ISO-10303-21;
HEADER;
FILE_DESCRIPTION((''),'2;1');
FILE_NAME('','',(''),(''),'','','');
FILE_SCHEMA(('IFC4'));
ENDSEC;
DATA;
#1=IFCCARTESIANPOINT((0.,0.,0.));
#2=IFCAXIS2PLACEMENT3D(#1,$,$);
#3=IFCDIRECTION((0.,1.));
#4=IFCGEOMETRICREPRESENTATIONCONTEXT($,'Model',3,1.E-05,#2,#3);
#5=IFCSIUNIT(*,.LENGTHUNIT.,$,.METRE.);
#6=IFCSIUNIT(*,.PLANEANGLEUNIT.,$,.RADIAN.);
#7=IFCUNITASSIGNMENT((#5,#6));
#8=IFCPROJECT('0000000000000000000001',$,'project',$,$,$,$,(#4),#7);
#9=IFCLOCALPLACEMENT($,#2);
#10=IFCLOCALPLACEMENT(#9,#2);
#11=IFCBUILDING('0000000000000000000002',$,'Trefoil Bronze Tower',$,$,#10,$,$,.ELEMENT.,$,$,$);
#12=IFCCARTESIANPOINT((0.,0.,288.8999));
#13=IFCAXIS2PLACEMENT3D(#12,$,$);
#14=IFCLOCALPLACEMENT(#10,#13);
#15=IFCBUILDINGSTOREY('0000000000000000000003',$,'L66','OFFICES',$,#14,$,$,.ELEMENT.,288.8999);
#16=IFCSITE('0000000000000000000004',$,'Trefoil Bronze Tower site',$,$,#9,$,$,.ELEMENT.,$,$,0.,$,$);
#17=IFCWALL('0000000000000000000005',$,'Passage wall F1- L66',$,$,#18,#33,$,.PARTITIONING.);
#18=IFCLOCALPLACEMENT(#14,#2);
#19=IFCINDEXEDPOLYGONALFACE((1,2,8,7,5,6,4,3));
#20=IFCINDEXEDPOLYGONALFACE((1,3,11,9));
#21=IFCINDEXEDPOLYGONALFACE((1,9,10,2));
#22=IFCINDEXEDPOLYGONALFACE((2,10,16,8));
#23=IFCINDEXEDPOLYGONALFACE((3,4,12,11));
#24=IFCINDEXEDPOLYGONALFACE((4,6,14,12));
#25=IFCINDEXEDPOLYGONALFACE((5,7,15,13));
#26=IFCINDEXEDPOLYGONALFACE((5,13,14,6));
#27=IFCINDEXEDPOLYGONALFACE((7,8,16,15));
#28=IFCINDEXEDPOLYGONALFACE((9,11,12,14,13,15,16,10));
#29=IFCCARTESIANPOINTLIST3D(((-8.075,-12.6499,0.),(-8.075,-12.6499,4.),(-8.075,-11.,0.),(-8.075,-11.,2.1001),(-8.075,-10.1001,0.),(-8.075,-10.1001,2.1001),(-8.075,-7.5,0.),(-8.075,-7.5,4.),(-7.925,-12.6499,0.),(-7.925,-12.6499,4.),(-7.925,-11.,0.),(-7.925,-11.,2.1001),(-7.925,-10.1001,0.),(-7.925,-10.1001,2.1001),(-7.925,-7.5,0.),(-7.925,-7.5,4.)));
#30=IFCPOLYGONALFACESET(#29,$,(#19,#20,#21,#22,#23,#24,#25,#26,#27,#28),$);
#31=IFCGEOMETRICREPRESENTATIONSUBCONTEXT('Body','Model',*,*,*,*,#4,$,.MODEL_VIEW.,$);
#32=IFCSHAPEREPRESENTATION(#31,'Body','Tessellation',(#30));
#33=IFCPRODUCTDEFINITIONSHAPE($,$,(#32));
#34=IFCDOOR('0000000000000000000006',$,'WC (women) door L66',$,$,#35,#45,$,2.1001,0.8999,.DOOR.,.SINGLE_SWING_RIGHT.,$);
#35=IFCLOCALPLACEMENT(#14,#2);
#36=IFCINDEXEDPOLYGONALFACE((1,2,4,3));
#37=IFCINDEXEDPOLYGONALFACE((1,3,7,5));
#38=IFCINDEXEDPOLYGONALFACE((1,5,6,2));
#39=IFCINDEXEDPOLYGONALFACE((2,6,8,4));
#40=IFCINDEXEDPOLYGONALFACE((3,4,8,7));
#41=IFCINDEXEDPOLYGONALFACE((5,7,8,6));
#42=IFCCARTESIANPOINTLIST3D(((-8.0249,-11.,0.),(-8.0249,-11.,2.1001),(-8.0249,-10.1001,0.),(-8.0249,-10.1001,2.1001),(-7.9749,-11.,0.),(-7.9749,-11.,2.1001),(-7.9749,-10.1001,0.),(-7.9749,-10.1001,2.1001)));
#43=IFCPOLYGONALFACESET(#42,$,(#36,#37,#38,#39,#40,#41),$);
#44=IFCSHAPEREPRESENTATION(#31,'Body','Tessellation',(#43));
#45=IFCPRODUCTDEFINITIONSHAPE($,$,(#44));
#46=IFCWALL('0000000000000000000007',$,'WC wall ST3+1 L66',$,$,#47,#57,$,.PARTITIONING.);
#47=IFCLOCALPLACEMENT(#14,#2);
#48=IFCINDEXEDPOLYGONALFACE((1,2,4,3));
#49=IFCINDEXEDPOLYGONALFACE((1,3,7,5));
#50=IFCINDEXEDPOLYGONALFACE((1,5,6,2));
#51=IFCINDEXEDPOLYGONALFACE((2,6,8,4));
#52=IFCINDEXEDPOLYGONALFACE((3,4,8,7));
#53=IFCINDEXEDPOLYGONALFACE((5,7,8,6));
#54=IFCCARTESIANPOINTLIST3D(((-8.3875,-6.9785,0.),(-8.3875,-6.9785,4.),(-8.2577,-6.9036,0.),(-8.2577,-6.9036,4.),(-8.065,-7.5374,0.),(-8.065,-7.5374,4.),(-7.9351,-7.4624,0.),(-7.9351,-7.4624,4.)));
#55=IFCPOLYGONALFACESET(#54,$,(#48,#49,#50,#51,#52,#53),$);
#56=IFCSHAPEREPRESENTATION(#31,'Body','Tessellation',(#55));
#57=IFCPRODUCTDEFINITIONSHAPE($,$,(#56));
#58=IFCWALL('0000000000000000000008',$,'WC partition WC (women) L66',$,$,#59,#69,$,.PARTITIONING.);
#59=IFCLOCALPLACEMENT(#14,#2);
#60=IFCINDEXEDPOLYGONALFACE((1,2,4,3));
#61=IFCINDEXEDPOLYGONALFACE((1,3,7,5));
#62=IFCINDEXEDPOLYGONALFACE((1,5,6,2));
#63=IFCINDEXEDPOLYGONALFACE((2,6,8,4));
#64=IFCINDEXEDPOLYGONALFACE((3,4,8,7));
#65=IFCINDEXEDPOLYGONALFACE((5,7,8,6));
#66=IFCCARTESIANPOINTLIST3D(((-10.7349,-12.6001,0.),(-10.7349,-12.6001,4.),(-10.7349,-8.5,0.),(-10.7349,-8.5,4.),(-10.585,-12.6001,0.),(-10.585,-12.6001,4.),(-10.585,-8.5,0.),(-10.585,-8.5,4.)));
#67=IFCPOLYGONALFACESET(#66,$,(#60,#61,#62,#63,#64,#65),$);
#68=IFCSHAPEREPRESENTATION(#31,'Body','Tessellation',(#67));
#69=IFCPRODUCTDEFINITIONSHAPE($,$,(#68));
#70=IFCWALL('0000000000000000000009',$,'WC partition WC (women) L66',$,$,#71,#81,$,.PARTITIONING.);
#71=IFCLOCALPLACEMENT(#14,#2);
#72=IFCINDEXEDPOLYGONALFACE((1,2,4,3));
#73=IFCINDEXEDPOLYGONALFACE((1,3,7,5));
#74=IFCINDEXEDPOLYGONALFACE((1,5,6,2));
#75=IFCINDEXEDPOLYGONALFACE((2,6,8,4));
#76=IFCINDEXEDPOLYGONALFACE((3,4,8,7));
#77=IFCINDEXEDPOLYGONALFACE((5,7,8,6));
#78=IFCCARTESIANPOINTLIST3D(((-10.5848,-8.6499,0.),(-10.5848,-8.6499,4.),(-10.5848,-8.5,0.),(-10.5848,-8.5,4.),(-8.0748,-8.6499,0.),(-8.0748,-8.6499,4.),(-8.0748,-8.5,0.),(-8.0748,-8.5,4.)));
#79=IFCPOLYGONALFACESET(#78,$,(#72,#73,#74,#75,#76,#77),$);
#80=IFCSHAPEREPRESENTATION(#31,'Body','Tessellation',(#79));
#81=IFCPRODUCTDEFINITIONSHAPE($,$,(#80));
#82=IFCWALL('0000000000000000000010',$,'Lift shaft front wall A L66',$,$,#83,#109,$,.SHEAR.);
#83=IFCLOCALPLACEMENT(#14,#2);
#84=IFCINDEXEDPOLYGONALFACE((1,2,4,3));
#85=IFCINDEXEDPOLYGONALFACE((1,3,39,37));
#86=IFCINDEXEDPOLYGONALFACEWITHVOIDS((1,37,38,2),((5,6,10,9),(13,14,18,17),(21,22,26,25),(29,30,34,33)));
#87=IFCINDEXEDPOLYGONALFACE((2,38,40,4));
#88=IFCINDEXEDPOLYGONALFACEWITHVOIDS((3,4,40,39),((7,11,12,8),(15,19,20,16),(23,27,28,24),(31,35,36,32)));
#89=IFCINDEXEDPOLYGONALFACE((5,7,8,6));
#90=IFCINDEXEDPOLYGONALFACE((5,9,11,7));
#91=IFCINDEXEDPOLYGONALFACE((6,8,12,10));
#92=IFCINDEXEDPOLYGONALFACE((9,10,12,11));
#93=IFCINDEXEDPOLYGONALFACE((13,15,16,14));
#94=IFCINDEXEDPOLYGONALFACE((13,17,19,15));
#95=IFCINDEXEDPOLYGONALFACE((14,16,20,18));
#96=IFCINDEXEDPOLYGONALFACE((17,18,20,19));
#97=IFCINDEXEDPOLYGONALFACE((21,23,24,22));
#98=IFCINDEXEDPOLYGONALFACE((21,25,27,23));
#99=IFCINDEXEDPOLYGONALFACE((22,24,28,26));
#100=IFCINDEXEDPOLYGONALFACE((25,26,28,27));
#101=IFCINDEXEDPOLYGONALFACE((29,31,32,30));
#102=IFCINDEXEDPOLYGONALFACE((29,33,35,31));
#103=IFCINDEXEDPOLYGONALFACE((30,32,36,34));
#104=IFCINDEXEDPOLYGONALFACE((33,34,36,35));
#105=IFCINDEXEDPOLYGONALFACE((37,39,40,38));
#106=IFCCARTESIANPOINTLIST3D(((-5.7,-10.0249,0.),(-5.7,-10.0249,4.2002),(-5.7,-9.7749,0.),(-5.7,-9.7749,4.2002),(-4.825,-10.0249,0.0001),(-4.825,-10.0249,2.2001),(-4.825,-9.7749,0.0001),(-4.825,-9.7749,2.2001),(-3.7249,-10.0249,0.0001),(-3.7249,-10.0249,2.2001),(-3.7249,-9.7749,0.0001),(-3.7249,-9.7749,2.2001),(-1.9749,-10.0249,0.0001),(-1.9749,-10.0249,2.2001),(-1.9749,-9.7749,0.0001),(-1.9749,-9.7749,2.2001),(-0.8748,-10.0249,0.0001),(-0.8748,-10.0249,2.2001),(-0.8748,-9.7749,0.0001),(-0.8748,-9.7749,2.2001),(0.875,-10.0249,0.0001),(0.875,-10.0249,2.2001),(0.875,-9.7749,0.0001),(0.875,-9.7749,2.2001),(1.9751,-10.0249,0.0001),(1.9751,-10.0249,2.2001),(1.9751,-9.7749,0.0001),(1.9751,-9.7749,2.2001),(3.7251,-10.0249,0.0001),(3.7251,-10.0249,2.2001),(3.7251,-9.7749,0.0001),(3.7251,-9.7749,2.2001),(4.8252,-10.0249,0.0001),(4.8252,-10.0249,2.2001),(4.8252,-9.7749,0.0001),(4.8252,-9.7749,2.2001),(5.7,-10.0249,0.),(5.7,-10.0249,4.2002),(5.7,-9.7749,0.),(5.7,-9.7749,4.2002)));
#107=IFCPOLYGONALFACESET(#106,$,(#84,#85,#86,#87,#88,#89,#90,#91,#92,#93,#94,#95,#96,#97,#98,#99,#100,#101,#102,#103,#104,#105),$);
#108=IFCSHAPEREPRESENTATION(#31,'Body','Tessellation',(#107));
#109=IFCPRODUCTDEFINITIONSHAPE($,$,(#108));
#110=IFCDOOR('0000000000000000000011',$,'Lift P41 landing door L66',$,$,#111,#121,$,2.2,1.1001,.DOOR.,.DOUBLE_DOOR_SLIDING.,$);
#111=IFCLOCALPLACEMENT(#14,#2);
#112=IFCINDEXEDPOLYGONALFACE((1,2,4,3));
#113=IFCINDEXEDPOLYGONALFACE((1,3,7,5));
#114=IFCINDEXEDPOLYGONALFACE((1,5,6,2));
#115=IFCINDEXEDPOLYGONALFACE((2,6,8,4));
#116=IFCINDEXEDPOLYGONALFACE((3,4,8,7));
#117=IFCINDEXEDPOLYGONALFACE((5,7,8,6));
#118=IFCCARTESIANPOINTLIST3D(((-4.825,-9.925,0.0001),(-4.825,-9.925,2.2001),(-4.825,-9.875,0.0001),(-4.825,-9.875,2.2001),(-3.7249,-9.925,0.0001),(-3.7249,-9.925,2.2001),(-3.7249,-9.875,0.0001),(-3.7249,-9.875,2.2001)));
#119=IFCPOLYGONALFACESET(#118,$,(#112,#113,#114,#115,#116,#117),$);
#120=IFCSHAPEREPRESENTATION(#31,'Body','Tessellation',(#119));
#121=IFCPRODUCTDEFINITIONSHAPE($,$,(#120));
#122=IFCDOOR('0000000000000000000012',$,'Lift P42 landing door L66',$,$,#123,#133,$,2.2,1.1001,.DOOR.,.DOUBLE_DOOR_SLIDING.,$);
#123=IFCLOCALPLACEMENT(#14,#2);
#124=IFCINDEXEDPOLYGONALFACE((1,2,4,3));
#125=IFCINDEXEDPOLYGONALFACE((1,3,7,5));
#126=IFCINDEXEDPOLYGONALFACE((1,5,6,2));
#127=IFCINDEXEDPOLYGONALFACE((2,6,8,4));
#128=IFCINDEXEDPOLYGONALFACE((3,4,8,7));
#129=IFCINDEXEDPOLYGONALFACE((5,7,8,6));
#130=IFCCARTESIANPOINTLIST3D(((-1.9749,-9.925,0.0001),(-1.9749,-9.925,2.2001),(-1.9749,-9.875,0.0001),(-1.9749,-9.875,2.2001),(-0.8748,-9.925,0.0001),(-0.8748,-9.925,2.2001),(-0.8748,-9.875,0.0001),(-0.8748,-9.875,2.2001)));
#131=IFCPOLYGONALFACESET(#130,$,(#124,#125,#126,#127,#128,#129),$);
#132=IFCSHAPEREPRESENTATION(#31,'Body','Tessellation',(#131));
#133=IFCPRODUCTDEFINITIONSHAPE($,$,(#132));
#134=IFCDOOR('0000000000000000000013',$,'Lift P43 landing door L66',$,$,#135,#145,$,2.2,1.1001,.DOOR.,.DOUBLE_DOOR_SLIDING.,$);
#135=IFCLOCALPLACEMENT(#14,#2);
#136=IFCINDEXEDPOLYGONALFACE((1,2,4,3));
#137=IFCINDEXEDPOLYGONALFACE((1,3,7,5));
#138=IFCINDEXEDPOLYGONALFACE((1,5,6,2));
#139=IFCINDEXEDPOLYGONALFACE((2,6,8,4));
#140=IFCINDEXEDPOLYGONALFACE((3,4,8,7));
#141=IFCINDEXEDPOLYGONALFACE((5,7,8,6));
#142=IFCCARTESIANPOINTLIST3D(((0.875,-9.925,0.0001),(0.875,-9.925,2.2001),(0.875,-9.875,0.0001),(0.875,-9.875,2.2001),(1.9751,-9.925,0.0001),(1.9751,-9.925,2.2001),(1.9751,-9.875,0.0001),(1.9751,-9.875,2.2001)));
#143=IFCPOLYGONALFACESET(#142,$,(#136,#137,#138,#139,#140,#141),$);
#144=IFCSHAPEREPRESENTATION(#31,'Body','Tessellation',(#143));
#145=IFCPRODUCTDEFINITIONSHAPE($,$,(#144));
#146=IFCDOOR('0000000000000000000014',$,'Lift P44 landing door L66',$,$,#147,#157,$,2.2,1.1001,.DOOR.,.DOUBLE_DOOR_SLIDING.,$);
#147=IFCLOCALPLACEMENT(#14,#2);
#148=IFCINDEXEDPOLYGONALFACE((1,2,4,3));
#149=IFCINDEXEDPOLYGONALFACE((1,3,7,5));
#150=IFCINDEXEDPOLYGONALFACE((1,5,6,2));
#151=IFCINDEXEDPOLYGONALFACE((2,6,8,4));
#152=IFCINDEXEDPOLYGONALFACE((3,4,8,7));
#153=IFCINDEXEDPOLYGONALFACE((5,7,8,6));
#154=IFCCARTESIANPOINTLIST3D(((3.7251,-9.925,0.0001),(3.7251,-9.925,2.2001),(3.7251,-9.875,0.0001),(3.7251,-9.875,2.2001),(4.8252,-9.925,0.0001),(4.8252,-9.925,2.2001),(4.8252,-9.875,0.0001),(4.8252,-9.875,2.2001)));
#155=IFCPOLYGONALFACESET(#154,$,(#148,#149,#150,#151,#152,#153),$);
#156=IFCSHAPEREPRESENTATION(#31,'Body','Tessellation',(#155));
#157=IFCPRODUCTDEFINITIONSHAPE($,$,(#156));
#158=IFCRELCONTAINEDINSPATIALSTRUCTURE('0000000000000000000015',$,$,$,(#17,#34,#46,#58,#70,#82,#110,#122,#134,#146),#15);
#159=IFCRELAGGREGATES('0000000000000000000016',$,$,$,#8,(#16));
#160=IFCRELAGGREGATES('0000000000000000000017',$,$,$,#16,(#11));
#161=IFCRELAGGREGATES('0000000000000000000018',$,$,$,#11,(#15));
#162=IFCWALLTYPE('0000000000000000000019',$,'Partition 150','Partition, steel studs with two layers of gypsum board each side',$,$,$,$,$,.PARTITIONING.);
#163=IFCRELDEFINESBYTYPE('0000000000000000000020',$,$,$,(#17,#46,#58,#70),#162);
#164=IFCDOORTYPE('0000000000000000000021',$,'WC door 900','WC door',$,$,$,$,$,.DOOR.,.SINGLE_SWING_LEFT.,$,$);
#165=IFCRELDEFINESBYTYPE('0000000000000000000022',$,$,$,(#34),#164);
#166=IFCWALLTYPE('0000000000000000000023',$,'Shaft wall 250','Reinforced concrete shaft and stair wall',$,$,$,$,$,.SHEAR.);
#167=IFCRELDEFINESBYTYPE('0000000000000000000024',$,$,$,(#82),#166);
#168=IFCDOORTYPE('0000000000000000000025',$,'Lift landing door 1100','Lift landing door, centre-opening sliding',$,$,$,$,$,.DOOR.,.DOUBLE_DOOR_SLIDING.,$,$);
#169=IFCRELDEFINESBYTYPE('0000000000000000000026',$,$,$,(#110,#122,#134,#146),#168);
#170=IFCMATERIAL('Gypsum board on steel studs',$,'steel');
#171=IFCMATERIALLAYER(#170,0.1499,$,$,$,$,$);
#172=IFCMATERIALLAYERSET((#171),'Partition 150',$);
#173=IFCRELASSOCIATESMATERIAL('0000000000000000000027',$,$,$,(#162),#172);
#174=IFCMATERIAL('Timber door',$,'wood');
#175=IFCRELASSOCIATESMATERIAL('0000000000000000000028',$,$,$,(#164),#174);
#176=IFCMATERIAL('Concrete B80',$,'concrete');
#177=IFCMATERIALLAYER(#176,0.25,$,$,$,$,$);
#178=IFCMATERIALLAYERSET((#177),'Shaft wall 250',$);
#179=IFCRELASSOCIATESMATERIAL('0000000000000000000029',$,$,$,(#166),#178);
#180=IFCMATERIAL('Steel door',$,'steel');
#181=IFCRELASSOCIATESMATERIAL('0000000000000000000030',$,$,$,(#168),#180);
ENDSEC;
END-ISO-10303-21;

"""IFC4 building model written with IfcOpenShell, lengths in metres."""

from ifc_helpers import new_model, si_unit, direction, frame, frame_2d, origin, place, context, subcontext, project, spatial, rectangle, extrude, material, layer, layer_set, type_object, element, fill, save


model = new_model("IFC4")

# Units and contexts
model_context = context("Model", 3, precision=1e-05, world=origin(), true_north=direction((0.0, 1.0)))
body_context = subcontext(model_context, "Body", "Model", "MODEL_VIEW")
ifc_project = project(units=[si_unit("LENGTHUNIT", "METRE"), si_unit("PLANEANGLEUNIT", "RADIAN")], contexts=[model_context])

# Site, building, storey
site_placement = place(None, origin())
site = spatial("IfcSite", under=ifc_project, at=site_placement, Name="Trefoil Bronze Tower site", CompositionType="ELEMENT", RefElevation=0.0)
building_placement = place(site_placement, origin())
building = spatial("IfcBuilding", under=site, at=building_placement, Name="Trefoil Bronze Tower", CompositionType="ELEMENT")
storey_placement = place(building_placement, frame((0.0, 0.0, 288.8999)))
storey = spatial("IfcBuildingStorey", under=building, at=storey_placement, Name="L66", Description="OFFICES", CompositionType="ELEMENT", Elevation=288.8999)

# Wall, opening, door
ifc_material_1 = material(Name="Gypsum board on steel studs", Category="steel")
ifc_layer_1 = layer(ifc_material_1, 0.1499)
ifc_layer_set_1 = layer_set([ifc_layer_1], Name="Partition 150")
wall_type_1 = type_object("IfcWallType", Name="Partition 150", Description="Partition, steel studs with two layers of gypsum board each side", PredefinedType="PARTITIONING", material=ifc_layer_set_1)
wall_1_placement = place(storey_placement, frame((-8.0, -7.5, 0.0), z_axis=(0.0, 0.0, 1.0), x_axis=(0.0, -1.0, 0.0)))
wall_1 = element("IfcWall", 1, at=wall_1_placement, inside=storey, type_object=wall_type_1, Name="Passage wall F1- L66", PredefinedType="PARTITIONING", context=body_context, shape_type="SweptSolid", body=[
    extrude(rectangle(XDim=5.1499, YDim=0.1499, at=frame_2d((2.575, 0.0))), origin(), (0.0, 0.0, 1.0), 4.0),
])
opening_1_placement = place(wall_1_placement, frame((2.6001, 0.0, 0.0)))
opening_1 = element("IfcOpeningElement", 2, at=opening_1_placement, cuts=wall_1, PredefinedType="OPENING", context=body_context, shape_type="SweptSolid", body=[
    extrude(rectangle(XDim=0.8999, YDim=2.1001, at=frame_2d((0.45, 1.05))), frame((0.0, 0.085, 0.0), z_axis=(0.0, -1.0, 0.0), x_axis=(1.0, 0.0, 0.0)), (0.0, 0.0, 1.0), 0.1699),
])
ifc_material_2 = material(Name="Timber door", Category="wood")
door_type_1 = type_object("IfcDoorType", Name="WC door 900", Description="WC door", OperationType="SINGLE_SWING_LEFT", PredefinedType="DOOR", material=ifc_material_2)
door_1_placement = place(opening_1_placement, frame((0.8999, 0.0, 0.0), z_axis=(0.0, 0.0, 1.0), x_axis=(-1.0, 0.0, 0.0)))
door_1 = element("IfcDoor", 3, at=door_1_placement, inside=storey, type_object=door_type_1, Name="WC (women) door L66", OperationType="SINGLE_SWING_RIGHT", OverallHeight=2.1001, OverallWidth=0.8999, PredefinedType="DOOR", context=body_context, shape_type="SweptSolid", body=[
    extrude(rectangle(XDim=0.8999, YDim=2.1001, at=frame_2d((0.45, 1.05))), frame((0.0, 0.0249, 0.0), z_axis=(0.0, -1.0, 0.0), x_axis=(1.0, 0.0, 0.0)), (0.0, 0.0, 1.0), 0.05),
])
fill(opening_1, door_1)

# Walls
wall_2_placement = place(storey_placement, frame((-8.0, -7.5, 0.0), z_axis=(0.0, 0.0, 1.0), x_axis=(-0.499843, 0.866116, 0.0)))
element("IfcWall", 4, at=wall_2_placement, inside=storey, type_object=wall_type_1, Name="WC wall ST3+1 L66", PredefinedType="PARTITIONING", context=body_context, shape_type="SweptSolid", body=[
    extrude(rectangle(XDim=0.6453, YDim=0.1499, at=frame_2d((0.3228, 0.0))), origin(), (0.0, 0.0, 1.0), 4.0),
])
wall_3_placement = place(storey_placement, frame((-10.6599, -8.5, 0.0), z_axis=(0.0, 0.0, 1.0), x_axis=(0.0, -1.0, 0.0)))
element("IfcWall", 5, at=wall_3_placement, inside=storey, type_object=wall_type_1, Name="WC partition WC (women) L66", PredefinedType="PARTITIONING", context=body_context, shape_type="SweptSolid", body=[
    extrude(rectangle(XDim=4.1001, YDim=0.1499, at=frame_2d((2.05, 0.0))), origin(), (0.0, 0.0, 1.0), 4.0),
])
wall_4_placement = place(storey_placement, frame((-8.075, -8.575, 0.0), z_axis=(0.0, 0.0, 1.0), x_axis=(-1.0, 0.0, 0.0)))
element("IfcWall", 6, at=wall_4_placement, inside=storey, type_object=wall_type_1, Name="WC partition WC (women) L66", PredefinedType="PARTITIONING", context=body_context, shape_type="SweptSolid", body=[
    extrude(rectangle(XDim=2.51, YDim=0.1499, at=frame_2d((1.2549, 0.0))), origin(), (0.0, 0.0, 1.0), 4.0),
])

# Wall, openings, doors
ifc_material_3 = material(Name="Concrete B80", Category="concrete")
ifc_layer_2 = layer(ifc_material_3, 0.25)
ifc_layer_set_2 = layer_set([ifc_layer_2], Name="Shaft wall 250")
wall_type_2 = type_object("IfcWallType", Name="Shaft wall 250", Description="Reinforced concrete shaft and stair wall", PredefinedType="SHEAR", material=ifc_layer_set_2)
wall_5_placement = place(storey_placement, frame((-5.7, -9.8999, 0.0), z_axis=(0.0, 0.0, 1.0), x_axis=(1.0, 0.0, 0.0)))
wall_5 = element("IfcWall", 7, at=wall_5_placement, inside=storey, type_object=wall_type_2, Name="Lift shaft front wall A L66", PredefinedType="SHEAR", context=body_context, shape_type="SweptSolid", body=[
    extrude(rectangle(XDim=11.3999, YDim=0.25, at=frame_2d((5.7, 0.0))), origin(), (0.0, 0.0, 1.0), 4.2002),
])
opening_2_placement = place(wall_5_placement, frame((0.875, 0.0, 0.0)))
opening_2 = element("IfcOpeningElement", 8, at=opening_2_placement, cuts=wall_5, PredefinedType="OPENING", context=body_context, shape_type="SweptSolid", body=[
    extrude(rectangle(XDim=1.1001, YDim=2.2, at=frame_2d((0.55, 1.1001))), frame((0.0, 0.135, 0.0), z_axis=(0.0, -1.0, 0.0), x_axis=(1.0, 0.0, 0.0)), (0.0, 0.0, 1.0), 0.27),
])
opening_3_placement = place(wall_5_placement, frame((3.7251, 0.0, 0.0)))
opening_3 = element("IfcOpeningElement", 9, at=opening_3_placement, cuts=wall_5, PredefinedType="OPENING", context=body_context, shape_type="SweptSolid", body=[
    extrude(rectangle(XDim=1.1001, YDim=2.2, at=frame_2d((0.55, 1.1001))), frame((0.0, 0.135, 0.0), z_axis=(0.0, -1.0, 0.0), x_axis=(1.0, 0.0, 0.0)), (0.0, 0.0, 1.0), 0.27),
])
opening_4_placement = place(wall_5_placement, frame((6.575, 0.0, 0.0)))
opening_4 = element("IfcOpeningElement", 10, at=opening_4_placement, cuts=wall_5, PredefinedType="OPENING", context=body_context, shape_type="SweptSolid", body=[
    extrude(rectangle(XDim=1.1001, YDim=2.2, at=frame_2d((0.55, 1.1001))), frame((0.0, 0.135, 0.0), z_axis=(0.0, -1.0, 0.0), x_axis=(1.0, 0.0, 0.0)), (0.0, 0.0, 1.0), 0.27),
])
opening_5_placement = place(wall_5_placement, frame((9.425, 0.0, 0.0)))
opening_5 = element("IfcOpeningElement", 11, at=opening_5_placement, cuts=wall_5, PredefinedType="OPENING", context=body_context, shape_type="SweptSolid", body=[
    extrude(rectangle(XDim=1.1001, YDim=2.2, at=frame_2d((0.55, 1.1001))), frame((0.0, 0.135, 0.0), z_axis=(0.0, -1.0, 0.0), x_axis=(1.0, 0.0, 0.0)), (0.0, 0.0, 1.0), 0.27),
])
ifc_material_4 = material(Name="Steel door", Category="steel")
door_type_2 = type_object("IfcDoorType", Name="Lift landing door 1100", Description="Lift landing door, centre-opening sliding", OperationType="DOUBLE_DOOR_SLIDING", PredefinedType="DOOR", material=ifc_material_4)
door_2_placement = place(opening_2_placement, origin())
door_2 = element("IfcDoor", 12, at=door_2_placement, inside=storey, type_object=door_type_2, Name="Lift P41 landing door L66", OperationType="DOUBLE_DOOR_SLIDING", OverallHeight=2.2, OverallWidth=1.1001, PredefinedType="DOOR", context=body_context, shape_type="SweptSolid", body=[
    extrude(rectangle(XDim=1.1001, YDim=2.2, at=frame_2d((0.55, 1.1001))), frame((0.0, 0.0249, 0.0), z_axis=(0.0, -1.0, 0.0), x_axis=(1.0, 0.0, 0.0)), (0.0, 0.0, 1.0), 0.05),
])
fill(opening_2, door_2)
door_3_placement = place(opening_3_placement, origin())
door_3 = element("IfcDoor", 13, at=door_3_placement, inside=storey, type_object=door_type_2, Name="Lift P42 landing door L66", OperationType="DOUBLE_DOOR_SLIDING", OverallHeight=2.2, OverallWidth=1.1001, PredefinedType="DOOR", context=body_context, shape_type="SweptSolid", body=[
    extrude(rectangle(XDim=1.1001, YDim=2.2, at=frame_2d((0.55, 1.1001))), frame((0.0, 0.0249, 0.0), z_axis=(0.0, -1.0, 0.0), x_axis=(1.0, 0.0, 0.0)), (0.0, 0.0, 1.0), 0.05),
])
fill(opening_3, door_3)
door_4_placement = place(opening_4_placement, origin())
door_4 = element("IfcDoor", 14, at=door_4_placement, inside=storey, type_object=door_type_2, Name="Lift P43 landing door L66", OperationType="DOUBLE_DOOR_SLIDING", OverallHeight=2.2, OverallWidth=1.1001, PredefinedType="DOOR", context=body_context, shape_type="SweptSolid", body=[
    extrude(rectangle(XDim=1.1001, YDim=2.2, at=frame_2d((0.55, 1.1001))), frame((0.0, 0.0249, 0.0), z_axis=(0.0, -1.0, 0.0), x_axis=(1.0, 0.0, 0.0)), (0.0, 0.0, 1.0), 0.05),
])
fill(opening_4, door_4)
door_5_placement = place(opening_5_placement, origin())
door_5 = element("IfcDoor", 15, at=door_5_placement, inside=storey, type_object=door_type_2, Name="Lift P44 landing door L66", OperationType="DOUBLE_DOOR_SLIDING", OverallHeight=2.2, OverallWidth=1.1001, PredefinedType="DOOR", context=body_context, shape_type="SweptSolid", body=[
    extrude(rectangle(XDim=1.1001, YDim=2.2, at=frame_2d((0.55, 1.1001))), frame((0.0, 0.0249, 0.0), z_axis=(0.0, -1.0, 0.0), x_axis=(1.0, 0.0, 0.0)), (0.0, 0.0, 1.0), 0.05),
])
fill(opening_5, door_5)

save(model, "model.ifc")
